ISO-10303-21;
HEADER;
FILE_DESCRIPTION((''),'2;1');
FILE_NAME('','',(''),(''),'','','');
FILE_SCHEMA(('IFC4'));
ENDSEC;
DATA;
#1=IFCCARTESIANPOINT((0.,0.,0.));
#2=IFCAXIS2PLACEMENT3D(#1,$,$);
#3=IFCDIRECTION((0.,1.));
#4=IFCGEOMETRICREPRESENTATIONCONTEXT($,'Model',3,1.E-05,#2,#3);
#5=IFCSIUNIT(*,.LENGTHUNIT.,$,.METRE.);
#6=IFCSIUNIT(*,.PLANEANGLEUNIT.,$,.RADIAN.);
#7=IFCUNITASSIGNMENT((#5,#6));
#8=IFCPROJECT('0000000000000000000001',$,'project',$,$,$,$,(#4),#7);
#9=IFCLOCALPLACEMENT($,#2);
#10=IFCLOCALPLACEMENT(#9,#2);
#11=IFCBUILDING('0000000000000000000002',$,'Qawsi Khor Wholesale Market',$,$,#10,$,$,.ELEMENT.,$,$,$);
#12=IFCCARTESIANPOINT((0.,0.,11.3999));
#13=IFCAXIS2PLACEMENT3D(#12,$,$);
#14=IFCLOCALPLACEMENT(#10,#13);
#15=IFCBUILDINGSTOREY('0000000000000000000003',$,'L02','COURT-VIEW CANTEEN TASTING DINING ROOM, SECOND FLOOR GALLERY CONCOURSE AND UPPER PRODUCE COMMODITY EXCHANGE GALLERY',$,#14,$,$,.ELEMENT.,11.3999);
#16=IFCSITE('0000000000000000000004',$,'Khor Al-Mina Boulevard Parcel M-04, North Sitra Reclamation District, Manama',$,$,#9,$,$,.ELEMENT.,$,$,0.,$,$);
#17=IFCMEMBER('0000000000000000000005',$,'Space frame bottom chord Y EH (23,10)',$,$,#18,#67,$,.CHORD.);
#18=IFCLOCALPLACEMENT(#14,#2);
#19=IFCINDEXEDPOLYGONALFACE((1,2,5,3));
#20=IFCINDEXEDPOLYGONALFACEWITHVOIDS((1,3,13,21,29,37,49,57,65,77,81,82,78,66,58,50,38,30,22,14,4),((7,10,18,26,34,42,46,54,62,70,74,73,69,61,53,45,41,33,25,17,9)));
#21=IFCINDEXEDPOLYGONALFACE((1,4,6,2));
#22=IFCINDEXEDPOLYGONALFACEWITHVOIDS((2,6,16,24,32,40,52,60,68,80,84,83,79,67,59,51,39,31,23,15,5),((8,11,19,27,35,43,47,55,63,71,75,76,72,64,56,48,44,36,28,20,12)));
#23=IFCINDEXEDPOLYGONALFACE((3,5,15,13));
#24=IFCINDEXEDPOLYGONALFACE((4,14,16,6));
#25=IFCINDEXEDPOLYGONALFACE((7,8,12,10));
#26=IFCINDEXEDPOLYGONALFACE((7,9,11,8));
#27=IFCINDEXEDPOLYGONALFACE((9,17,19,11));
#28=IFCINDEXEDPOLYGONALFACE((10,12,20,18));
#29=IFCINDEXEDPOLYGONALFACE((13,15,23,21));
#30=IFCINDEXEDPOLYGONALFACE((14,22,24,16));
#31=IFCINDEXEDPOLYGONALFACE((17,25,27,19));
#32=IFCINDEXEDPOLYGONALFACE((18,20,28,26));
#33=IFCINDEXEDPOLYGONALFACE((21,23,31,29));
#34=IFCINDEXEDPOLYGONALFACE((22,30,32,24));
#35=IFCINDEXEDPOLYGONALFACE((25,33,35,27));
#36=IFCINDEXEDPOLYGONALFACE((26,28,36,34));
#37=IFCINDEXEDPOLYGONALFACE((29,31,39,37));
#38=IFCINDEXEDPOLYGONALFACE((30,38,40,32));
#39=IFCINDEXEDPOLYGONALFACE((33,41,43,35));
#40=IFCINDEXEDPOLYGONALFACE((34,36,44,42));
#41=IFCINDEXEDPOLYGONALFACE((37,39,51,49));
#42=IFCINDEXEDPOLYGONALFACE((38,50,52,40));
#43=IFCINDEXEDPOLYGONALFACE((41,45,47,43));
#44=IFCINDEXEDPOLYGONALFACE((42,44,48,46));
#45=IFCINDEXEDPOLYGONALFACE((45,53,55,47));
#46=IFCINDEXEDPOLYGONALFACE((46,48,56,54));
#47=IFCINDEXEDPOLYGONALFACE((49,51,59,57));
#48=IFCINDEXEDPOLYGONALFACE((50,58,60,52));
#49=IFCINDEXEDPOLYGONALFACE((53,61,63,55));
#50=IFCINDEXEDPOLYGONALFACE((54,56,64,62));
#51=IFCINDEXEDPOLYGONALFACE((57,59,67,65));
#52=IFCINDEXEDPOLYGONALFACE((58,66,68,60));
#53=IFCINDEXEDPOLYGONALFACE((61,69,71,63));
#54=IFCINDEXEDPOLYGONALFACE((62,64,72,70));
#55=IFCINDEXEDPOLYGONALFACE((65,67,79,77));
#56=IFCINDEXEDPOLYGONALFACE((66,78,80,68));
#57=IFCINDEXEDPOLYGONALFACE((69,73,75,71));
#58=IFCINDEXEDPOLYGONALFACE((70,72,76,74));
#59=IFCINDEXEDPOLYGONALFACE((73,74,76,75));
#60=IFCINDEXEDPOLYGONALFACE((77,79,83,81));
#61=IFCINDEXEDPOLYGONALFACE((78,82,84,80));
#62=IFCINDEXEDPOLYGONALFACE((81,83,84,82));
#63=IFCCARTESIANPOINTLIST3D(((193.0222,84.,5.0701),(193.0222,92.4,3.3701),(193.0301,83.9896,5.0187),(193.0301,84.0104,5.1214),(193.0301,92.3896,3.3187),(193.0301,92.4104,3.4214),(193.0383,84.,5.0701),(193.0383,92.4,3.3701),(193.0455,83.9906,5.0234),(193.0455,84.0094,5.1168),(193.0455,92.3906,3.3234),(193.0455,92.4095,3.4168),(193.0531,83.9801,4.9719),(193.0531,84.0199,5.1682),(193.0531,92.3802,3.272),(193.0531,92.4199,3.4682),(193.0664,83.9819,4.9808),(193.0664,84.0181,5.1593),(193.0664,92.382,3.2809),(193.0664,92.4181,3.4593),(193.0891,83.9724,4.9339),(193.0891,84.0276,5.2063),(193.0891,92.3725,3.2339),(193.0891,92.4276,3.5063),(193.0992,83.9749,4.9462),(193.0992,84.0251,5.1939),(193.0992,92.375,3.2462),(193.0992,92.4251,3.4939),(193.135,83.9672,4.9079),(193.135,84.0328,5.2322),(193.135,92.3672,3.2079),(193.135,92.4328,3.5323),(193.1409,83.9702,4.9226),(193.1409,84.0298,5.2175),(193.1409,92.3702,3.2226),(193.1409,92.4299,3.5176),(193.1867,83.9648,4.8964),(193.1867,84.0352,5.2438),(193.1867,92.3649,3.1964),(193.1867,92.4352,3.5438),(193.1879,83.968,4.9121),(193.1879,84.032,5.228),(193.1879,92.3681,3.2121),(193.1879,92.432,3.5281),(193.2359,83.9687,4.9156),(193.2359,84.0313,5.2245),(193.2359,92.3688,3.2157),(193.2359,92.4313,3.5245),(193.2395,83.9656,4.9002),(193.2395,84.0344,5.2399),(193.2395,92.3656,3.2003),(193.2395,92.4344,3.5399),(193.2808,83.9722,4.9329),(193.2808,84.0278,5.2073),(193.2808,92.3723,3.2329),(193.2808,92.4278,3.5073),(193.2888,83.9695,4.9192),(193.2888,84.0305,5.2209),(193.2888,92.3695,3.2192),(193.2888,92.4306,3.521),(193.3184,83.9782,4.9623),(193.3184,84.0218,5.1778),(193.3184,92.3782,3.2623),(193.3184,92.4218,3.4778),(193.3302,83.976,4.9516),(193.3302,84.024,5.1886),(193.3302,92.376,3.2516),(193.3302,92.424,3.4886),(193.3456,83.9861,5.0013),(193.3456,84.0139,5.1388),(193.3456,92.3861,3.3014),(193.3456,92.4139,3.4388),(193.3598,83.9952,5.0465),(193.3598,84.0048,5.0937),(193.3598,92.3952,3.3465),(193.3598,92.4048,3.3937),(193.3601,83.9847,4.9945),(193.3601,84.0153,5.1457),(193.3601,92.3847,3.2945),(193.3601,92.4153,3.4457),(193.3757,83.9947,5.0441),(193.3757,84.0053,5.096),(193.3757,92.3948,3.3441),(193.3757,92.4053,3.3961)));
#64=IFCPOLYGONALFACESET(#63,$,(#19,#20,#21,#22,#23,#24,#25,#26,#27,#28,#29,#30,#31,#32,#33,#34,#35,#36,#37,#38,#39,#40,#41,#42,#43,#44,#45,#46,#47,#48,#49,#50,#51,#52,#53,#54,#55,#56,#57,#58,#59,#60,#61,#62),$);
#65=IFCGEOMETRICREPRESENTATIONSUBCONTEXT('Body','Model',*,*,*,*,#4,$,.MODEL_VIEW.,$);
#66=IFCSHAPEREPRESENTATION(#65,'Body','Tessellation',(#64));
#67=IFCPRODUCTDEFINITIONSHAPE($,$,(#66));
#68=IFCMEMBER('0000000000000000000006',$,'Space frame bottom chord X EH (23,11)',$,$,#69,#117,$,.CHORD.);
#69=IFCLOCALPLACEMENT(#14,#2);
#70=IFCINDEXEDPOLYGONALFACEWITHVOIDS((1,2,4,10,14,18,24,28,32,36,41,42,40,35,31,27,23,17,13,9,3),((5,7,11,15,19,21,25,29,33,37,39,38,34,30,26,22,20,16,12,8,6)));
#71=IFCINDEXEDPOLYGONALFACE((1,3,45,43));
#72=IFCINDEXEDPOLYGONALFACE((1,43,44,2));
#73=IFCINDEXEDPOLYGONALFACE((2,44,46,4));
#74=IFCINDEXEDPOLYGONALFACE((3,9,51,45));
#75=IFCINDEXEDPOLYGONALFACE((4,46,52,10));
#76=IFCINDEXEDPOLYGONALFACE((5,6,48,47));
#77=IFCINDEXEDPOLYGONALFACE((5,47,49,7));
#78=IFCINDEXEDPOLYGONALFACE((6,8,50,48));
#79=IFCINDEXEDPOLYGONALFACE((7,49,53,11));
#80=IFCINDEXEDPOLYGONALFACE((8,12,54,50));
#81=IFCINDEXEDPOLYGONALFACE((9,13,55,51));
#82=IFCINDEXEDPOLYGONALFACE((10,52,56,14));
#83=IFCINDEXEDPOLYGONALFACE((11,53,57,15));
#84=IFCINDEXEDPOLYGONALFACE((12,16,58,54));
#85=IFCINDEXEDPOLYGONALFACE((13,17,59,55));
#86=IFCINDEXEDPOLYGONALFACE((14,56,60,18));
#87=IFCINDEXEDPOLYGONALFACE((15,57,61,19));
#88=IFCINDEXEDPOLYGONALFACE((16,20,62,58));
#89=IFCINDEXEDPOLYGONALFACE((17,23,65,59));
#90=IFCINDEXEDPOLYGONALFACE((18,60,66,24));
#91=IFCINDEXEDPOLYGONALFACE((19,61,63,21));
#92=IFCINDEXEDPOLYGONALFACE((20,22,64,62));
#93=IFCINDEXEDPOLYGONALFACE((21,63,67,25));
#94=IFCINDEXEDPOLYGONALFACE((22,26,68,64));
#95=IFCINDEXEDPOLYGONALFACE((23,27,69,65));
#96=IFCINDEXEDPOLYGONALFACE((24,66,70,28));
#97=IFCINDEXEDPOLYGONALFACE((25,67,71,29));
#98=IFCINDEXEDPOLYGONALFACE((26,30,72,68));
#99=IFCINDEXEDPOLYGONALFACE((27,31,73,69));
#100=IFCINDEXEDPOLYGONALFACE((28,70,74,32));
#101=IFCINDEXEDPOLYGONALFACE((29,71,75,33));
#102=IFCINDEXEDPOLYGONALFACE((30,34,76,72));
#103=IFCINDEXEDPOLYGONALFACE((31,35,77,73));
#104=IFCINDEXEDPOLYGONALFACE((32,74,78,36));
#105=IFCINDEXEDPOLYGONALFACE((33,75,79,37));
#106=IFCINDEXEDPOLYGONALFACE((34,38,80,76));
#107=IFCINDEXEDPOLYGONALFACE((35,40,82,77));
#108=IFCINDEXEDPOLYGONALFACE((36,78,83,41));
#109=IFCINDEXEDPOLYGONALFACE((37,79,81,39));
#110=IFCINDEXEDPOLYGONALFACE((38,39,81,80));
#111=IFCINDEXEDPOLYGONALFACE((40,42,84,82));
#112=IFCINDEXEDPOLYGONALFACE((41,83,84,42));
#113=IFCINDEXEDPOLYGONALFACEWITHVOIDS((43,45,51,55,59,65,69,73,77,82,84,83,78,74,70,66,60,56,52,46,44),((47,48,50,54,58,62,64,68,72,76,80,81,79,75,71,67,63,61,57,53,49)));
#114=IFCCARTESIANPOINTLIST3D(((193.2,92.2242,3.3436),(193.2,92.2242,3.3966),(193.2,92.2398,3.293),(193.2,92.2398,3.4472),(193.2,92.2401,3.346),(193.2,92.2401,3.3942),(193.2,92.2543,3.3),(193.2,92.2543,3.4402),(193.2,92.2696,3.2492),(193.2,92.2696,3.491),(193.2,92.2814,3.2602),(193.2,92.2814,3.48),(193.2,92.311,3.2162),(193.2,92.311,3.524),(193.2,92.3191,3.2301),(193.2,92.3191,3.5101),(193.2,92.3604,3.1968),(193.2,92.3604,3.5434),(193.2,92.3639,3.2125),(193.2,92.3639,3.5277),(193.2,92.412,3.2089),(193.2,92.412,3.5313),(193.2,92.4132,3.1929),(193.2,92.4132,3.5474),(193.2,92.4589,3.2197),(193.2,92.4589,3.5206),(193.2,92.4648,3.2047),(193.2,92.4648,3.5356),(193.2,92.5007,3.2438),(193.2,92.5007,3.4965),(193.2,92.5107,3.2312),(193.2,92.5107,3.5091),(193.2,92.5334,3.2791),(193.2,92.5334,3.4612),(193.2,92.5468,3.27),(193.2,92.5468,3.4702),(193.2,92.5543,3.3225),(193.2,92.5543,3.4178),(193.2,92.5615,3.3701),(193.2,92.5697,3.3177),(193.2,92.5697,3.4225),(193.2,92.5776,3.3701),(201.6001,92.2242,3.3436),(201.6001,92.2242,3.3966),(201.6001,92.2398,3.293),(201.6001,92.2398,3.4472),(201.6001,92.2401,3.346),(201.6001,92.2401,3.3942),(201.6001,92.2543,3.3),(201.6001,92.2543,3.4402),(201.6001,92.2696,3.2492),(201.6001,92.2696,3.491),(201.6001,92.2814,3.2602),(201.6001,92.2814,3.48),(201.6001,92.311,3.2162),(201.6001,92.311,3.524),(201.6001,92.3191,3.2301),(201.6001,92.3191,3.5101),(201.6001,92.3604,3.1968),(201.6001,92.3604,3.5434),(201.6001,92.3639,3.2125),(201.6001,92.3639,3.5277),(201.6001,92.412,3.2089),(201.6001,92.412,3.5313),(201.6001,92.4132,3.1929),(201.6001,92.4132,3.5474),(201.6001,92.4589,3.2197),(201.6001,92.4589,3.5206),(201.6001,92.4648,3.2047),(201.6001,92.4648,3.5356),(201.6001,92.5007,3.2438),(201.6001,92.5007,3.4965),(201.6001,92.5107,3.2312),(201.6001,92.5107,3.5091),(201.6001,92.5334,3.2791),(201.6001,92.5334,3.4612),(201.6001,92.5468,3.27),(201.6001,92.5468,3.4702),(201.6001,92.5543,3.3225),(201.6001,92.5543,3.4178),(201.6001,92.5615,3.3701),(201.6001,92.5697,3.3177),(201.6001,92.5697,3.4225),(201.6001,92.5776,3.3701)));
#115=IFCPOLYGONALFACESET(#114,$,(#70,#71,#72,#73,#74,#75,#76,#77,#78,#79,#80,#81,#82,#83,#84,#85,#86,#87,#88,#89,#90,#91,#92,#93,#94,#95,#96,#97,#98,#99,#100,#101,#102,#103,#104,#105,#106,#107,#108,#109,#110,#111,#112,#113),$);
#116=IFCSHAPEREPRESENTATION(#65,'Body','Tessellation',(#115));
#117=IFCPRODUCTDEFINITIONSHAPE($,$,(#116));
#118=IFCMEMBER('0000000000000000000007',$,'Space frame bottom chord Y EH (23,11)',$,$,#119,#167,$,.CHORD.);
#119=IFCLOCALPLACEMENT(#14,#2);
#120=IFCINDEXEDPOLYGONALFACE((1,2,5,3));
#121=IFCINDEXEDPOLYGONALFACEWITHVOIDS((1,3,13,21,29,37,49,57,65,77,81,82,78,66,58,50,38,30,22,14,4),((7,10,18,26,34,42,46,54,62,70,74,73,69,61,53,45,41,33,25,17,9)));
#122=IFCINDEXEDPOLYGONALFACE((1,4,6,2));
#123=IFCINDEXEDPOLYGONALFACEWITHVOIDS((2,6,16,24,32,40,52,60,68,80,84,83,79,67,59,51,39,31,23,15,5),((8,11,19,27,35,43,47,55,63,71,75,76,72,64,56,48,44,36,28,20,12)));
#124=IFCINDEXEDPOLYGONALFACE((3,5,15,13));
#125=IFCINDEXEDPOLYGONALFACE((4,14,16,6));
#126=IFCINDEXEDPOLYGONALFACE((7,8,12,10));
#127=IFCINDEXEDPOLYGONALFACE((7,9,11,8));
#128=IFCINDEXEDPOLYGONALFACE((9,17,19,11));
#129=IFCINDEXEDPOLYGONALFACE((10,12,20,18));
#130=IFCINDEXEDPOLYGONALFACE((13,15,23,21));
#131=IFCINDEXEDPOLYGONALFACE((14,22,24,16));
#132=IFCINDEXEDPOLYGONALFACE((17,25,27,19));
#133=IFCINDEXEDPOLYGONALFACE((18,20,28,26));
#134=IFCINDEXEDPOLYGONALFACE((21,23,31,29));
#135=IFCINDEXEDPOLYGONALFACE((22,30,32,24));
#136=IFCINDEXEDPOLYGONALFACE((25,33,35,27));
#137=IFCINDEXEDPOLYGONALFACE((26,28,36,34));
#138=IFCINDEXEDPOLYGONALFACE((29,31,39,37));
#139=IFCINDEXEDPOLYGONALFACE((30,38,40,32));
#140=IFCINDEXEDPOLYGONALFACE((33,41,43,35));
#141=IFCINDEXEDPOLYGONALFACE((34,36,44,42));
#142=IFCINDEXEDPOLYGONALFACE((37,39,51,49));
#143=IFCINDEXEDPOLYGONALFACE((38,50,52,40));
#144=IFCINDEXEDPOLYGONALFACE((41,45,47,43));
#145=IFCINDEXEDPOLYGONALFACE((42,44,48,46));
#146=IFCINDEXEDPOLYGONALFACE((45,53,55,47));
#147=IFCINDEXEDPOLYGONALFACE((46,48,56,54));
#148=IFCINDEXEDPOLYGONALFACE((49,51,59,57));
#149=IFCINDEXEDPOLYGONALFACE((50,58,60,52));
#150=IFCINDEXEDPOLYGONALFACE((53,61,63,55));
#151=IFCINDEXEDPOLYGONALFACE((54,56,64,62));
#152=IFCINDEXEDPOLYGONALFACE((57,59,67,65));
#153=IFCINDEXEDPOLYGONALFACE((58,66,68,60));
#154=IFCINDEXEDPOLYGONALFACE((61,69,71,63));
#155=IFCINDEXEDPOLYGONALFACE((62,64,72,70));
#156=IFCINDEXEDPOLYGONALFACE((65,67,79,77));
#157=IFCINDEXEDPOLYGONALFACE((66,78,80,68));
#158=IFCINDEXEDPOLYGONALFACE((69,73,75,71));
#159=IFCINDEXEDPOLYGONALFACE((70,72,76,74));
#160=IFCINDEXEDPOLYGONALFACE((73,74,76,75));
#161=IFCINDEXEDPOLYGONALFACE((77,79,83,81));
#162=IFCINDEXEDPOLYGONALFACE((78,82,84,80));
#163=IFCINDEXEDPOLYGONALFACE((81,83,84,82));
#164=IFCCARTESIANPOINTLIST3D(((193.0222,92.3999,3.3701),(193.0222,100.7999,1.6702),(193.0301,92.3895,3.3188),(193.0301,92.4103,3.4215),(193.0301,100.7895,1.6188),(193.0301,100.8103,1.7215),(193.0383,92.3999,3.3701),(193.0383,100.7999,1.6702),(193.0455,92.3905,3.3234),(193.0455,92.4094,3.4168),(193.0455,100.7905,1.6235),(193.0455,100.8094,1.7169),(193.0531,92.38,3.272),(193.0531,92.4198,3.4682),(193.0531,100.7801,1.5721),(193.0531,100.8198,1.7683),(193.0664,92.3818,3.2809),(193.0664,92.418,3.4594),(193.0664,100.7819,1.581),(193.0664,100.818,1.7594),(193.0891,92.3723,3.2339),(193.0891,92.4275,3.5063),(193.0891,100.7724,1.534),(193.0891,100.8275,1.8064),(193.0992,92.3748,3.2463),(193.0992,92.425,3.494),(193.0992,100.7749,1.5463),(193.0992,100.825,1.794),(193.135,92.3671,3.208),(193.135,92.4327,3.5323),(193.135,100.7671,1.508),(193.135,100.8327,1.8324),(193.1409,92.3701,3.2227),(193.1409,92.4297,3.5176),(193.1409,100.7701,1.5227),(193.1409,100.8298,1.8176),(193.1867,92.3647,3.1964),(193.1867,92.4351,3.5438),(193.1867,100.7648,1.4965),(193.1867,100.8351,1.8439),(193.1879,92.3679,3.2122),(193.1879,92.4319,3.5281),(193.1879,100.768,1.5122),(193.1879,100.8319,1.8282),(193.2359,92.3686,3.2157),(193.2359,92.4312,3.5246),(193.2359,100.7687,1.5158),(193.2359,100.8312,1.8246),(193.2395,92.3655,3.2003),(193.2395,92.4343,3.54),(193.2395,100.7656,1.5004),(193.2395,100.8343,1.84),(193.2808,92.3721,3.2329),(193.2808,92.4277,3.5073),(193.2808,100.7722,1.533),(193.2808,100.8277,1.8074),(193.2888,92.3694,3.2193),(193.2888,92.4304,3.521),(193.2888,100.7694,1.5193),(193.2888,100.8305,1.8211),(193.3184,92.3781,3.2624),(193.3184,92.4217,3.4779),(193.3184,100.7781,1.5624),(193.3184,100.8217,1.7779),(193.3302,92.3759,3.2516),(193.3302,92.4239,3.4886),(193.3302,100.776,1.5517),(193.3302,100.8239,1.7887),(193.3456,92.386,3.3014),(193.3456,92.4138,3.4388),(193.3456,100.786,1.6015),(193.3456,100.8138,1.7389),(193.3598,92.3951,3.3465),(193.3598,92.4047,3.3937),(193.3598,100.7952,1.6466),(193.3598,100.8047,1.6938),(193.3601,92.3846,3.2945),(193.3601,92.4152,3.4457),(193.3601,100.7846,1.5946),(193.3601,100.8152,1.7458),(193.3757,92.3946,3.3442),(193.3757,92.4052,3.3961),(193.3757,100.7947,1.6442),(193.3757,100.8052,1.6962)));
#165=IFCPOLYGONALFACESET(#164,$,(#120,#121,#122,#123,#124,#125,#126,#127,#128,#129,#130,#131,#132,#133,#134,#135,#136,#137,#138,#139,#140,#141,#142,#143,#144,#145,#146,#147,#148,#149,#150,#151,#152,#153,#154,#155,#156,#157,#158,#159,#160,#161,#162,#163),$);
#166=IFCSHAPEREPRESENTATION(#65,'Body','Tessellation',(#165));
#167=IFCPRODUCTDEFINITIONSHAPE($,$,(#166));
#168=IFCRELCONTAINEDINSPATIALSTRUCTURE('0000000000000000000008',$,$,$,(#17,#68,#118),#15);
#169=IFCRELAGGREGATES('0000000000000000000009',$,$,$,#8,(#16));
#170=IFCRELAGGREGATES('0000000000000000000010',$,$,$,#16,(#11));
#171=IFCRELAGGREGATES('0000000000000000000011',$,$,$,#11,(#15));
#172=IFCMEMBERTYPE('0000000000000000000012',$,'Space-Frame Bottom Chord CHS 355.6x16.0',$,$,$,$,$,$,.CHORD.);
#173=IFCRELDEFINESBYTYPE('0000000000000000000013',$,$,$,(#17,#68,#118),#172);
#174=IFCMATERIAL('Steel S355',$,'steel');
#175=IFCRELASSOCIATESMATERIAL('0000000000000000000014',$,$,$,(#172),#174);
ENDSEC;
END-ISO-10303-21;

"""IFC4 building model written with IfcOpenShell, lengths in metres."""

from ifc_helpers import new_model, si_unit, direction, frame, origin, origin_2d, place, context, subcontext, project, spatial, hollow_circle, extrude, material, material_profile, profile_set, type_object, element, save


model = new_model("IFC4")

# Units and contexts
model_context = context("Model", 3, precision=1e-05, world=origin(), true_north=direction((0.0, 1.0)))
body_context = subcontext(model_context, "Body", "Model", "MODEL_VIEW")
ifc_project = project(units=[si_unit("LENGTHUNIT", "METRE"), si_unit("PLANEANGLEUNIT", "RADIAN")], contexts=[model_context])

# Site, building, storey
site_placement = place(None, origin())
site = spatial("IfcSite", under=ifc_project, at=site_placement, Name="Khor Al-Mina Boulevard Parcel M-04, North Sitra Reclamation District, Manama", CompositionType="ELEMENT", RefElevation=0.0)
building_placement = place(site_placement, origin())
building = spatial("IfcBuilding", under=site, at=building_placement, Name="Qawsi Khor Wholesale Market", CompositionType="ELEMENT")
storey_placement = place(building_placement, frame((0.0, 0.0, 11.3999)))
storey = spatial("IfcBuildingStorey", under=building, at=storey_placement, Name="L02", Description="COURT-VIEW CANTEEN TASTING DINING ROOM, SECOND FLOOR GALLERY CONCOURSE AND UPPER PRODUCE COMMODITY EXCHANGE GALLERY", CompositionType="ELEMENT", Elevation=11.3999)

# Members
ifc_material_1 = material(Name="Steel S355", Category="steel")
ifc_material_profile_1 = material_profile(ifc_material_1, hollow_circle(Radius=0.1777, WallThickness=0.0161, at=origin_2d()), Name="CHS 355.6x16.0")
ifc_profile_set_1 = profile_set([ifc_material_profile_1], Name="Steel S355")
member_type_1 = type_object("IfcMemberType", Name="Space-Frame Bottom Chord CHS 355.6x16.0", PredefinedType="CHORD", material=ifc_profile_set_1)
member_1_placement = place(storey_placement, frame((193.2, 84.0, 5.0701), z_axis=(0.0, 0.98013, -0.198356), x_axis=(-1.0, 0.0, 0.0)))
element("IfcMember", 1, at=member_1_placement, inside=storey, type_object=member_type_1, Name="Space frame bottom chord Y EH (23,10)", PredefinedType="CHORD", context=body_context, shape_type="SweptSolid", body=[
    extrude(hollow_circle(Radius=0.1777, WallThickness=0.0161, at=origin_2d()), origin(), (0.0, 0.0, 1.0), 8.5703),
])
member_2_placement = place(storey_placement, frame((193.2, 92.3999, 3.3701), z_axis=(1.0, 0.0, 0.0), x_axis=(0.0, 1.0, 0.0)))
element("IfcMember", 2, at=member_2_placement, inside=storey, type_object=member_type_1, Name="Space frame bottom chord X EH (23,11)", PredefinedType="CHORD", context=body_context, shape_type="SweptSolid", body=[
    extrude(hollow_circle(Radius=0.1777, WallThickness=0.0161, at=origin_2d()), origin(), (0.0, 0.0, 1.0), 8.4001),
])
member_3_placement = place(storey_placement, frame((193.2, 92.3999, 3.3701), z_axis=(0.0, 0.980131, -0.198351), x_axis=(-1.0, 0.0, 0.0)))
element("IfcMember", 3, at=member_3_placement, inside=storey, type_object=member_type_1, Name="Space frame bottom chord Y EH (23,11)", PredefinedType="CHORD", context=body_context, shape_type="SweptSolid", body=[
    extrude(hollow_circle(Radius=0.1777, WallThickness=0.0161, at=origin_2d()), origin(), (0.0, 0.0, 1.0), 8.5703),
])

save(model, "model.ifc")
